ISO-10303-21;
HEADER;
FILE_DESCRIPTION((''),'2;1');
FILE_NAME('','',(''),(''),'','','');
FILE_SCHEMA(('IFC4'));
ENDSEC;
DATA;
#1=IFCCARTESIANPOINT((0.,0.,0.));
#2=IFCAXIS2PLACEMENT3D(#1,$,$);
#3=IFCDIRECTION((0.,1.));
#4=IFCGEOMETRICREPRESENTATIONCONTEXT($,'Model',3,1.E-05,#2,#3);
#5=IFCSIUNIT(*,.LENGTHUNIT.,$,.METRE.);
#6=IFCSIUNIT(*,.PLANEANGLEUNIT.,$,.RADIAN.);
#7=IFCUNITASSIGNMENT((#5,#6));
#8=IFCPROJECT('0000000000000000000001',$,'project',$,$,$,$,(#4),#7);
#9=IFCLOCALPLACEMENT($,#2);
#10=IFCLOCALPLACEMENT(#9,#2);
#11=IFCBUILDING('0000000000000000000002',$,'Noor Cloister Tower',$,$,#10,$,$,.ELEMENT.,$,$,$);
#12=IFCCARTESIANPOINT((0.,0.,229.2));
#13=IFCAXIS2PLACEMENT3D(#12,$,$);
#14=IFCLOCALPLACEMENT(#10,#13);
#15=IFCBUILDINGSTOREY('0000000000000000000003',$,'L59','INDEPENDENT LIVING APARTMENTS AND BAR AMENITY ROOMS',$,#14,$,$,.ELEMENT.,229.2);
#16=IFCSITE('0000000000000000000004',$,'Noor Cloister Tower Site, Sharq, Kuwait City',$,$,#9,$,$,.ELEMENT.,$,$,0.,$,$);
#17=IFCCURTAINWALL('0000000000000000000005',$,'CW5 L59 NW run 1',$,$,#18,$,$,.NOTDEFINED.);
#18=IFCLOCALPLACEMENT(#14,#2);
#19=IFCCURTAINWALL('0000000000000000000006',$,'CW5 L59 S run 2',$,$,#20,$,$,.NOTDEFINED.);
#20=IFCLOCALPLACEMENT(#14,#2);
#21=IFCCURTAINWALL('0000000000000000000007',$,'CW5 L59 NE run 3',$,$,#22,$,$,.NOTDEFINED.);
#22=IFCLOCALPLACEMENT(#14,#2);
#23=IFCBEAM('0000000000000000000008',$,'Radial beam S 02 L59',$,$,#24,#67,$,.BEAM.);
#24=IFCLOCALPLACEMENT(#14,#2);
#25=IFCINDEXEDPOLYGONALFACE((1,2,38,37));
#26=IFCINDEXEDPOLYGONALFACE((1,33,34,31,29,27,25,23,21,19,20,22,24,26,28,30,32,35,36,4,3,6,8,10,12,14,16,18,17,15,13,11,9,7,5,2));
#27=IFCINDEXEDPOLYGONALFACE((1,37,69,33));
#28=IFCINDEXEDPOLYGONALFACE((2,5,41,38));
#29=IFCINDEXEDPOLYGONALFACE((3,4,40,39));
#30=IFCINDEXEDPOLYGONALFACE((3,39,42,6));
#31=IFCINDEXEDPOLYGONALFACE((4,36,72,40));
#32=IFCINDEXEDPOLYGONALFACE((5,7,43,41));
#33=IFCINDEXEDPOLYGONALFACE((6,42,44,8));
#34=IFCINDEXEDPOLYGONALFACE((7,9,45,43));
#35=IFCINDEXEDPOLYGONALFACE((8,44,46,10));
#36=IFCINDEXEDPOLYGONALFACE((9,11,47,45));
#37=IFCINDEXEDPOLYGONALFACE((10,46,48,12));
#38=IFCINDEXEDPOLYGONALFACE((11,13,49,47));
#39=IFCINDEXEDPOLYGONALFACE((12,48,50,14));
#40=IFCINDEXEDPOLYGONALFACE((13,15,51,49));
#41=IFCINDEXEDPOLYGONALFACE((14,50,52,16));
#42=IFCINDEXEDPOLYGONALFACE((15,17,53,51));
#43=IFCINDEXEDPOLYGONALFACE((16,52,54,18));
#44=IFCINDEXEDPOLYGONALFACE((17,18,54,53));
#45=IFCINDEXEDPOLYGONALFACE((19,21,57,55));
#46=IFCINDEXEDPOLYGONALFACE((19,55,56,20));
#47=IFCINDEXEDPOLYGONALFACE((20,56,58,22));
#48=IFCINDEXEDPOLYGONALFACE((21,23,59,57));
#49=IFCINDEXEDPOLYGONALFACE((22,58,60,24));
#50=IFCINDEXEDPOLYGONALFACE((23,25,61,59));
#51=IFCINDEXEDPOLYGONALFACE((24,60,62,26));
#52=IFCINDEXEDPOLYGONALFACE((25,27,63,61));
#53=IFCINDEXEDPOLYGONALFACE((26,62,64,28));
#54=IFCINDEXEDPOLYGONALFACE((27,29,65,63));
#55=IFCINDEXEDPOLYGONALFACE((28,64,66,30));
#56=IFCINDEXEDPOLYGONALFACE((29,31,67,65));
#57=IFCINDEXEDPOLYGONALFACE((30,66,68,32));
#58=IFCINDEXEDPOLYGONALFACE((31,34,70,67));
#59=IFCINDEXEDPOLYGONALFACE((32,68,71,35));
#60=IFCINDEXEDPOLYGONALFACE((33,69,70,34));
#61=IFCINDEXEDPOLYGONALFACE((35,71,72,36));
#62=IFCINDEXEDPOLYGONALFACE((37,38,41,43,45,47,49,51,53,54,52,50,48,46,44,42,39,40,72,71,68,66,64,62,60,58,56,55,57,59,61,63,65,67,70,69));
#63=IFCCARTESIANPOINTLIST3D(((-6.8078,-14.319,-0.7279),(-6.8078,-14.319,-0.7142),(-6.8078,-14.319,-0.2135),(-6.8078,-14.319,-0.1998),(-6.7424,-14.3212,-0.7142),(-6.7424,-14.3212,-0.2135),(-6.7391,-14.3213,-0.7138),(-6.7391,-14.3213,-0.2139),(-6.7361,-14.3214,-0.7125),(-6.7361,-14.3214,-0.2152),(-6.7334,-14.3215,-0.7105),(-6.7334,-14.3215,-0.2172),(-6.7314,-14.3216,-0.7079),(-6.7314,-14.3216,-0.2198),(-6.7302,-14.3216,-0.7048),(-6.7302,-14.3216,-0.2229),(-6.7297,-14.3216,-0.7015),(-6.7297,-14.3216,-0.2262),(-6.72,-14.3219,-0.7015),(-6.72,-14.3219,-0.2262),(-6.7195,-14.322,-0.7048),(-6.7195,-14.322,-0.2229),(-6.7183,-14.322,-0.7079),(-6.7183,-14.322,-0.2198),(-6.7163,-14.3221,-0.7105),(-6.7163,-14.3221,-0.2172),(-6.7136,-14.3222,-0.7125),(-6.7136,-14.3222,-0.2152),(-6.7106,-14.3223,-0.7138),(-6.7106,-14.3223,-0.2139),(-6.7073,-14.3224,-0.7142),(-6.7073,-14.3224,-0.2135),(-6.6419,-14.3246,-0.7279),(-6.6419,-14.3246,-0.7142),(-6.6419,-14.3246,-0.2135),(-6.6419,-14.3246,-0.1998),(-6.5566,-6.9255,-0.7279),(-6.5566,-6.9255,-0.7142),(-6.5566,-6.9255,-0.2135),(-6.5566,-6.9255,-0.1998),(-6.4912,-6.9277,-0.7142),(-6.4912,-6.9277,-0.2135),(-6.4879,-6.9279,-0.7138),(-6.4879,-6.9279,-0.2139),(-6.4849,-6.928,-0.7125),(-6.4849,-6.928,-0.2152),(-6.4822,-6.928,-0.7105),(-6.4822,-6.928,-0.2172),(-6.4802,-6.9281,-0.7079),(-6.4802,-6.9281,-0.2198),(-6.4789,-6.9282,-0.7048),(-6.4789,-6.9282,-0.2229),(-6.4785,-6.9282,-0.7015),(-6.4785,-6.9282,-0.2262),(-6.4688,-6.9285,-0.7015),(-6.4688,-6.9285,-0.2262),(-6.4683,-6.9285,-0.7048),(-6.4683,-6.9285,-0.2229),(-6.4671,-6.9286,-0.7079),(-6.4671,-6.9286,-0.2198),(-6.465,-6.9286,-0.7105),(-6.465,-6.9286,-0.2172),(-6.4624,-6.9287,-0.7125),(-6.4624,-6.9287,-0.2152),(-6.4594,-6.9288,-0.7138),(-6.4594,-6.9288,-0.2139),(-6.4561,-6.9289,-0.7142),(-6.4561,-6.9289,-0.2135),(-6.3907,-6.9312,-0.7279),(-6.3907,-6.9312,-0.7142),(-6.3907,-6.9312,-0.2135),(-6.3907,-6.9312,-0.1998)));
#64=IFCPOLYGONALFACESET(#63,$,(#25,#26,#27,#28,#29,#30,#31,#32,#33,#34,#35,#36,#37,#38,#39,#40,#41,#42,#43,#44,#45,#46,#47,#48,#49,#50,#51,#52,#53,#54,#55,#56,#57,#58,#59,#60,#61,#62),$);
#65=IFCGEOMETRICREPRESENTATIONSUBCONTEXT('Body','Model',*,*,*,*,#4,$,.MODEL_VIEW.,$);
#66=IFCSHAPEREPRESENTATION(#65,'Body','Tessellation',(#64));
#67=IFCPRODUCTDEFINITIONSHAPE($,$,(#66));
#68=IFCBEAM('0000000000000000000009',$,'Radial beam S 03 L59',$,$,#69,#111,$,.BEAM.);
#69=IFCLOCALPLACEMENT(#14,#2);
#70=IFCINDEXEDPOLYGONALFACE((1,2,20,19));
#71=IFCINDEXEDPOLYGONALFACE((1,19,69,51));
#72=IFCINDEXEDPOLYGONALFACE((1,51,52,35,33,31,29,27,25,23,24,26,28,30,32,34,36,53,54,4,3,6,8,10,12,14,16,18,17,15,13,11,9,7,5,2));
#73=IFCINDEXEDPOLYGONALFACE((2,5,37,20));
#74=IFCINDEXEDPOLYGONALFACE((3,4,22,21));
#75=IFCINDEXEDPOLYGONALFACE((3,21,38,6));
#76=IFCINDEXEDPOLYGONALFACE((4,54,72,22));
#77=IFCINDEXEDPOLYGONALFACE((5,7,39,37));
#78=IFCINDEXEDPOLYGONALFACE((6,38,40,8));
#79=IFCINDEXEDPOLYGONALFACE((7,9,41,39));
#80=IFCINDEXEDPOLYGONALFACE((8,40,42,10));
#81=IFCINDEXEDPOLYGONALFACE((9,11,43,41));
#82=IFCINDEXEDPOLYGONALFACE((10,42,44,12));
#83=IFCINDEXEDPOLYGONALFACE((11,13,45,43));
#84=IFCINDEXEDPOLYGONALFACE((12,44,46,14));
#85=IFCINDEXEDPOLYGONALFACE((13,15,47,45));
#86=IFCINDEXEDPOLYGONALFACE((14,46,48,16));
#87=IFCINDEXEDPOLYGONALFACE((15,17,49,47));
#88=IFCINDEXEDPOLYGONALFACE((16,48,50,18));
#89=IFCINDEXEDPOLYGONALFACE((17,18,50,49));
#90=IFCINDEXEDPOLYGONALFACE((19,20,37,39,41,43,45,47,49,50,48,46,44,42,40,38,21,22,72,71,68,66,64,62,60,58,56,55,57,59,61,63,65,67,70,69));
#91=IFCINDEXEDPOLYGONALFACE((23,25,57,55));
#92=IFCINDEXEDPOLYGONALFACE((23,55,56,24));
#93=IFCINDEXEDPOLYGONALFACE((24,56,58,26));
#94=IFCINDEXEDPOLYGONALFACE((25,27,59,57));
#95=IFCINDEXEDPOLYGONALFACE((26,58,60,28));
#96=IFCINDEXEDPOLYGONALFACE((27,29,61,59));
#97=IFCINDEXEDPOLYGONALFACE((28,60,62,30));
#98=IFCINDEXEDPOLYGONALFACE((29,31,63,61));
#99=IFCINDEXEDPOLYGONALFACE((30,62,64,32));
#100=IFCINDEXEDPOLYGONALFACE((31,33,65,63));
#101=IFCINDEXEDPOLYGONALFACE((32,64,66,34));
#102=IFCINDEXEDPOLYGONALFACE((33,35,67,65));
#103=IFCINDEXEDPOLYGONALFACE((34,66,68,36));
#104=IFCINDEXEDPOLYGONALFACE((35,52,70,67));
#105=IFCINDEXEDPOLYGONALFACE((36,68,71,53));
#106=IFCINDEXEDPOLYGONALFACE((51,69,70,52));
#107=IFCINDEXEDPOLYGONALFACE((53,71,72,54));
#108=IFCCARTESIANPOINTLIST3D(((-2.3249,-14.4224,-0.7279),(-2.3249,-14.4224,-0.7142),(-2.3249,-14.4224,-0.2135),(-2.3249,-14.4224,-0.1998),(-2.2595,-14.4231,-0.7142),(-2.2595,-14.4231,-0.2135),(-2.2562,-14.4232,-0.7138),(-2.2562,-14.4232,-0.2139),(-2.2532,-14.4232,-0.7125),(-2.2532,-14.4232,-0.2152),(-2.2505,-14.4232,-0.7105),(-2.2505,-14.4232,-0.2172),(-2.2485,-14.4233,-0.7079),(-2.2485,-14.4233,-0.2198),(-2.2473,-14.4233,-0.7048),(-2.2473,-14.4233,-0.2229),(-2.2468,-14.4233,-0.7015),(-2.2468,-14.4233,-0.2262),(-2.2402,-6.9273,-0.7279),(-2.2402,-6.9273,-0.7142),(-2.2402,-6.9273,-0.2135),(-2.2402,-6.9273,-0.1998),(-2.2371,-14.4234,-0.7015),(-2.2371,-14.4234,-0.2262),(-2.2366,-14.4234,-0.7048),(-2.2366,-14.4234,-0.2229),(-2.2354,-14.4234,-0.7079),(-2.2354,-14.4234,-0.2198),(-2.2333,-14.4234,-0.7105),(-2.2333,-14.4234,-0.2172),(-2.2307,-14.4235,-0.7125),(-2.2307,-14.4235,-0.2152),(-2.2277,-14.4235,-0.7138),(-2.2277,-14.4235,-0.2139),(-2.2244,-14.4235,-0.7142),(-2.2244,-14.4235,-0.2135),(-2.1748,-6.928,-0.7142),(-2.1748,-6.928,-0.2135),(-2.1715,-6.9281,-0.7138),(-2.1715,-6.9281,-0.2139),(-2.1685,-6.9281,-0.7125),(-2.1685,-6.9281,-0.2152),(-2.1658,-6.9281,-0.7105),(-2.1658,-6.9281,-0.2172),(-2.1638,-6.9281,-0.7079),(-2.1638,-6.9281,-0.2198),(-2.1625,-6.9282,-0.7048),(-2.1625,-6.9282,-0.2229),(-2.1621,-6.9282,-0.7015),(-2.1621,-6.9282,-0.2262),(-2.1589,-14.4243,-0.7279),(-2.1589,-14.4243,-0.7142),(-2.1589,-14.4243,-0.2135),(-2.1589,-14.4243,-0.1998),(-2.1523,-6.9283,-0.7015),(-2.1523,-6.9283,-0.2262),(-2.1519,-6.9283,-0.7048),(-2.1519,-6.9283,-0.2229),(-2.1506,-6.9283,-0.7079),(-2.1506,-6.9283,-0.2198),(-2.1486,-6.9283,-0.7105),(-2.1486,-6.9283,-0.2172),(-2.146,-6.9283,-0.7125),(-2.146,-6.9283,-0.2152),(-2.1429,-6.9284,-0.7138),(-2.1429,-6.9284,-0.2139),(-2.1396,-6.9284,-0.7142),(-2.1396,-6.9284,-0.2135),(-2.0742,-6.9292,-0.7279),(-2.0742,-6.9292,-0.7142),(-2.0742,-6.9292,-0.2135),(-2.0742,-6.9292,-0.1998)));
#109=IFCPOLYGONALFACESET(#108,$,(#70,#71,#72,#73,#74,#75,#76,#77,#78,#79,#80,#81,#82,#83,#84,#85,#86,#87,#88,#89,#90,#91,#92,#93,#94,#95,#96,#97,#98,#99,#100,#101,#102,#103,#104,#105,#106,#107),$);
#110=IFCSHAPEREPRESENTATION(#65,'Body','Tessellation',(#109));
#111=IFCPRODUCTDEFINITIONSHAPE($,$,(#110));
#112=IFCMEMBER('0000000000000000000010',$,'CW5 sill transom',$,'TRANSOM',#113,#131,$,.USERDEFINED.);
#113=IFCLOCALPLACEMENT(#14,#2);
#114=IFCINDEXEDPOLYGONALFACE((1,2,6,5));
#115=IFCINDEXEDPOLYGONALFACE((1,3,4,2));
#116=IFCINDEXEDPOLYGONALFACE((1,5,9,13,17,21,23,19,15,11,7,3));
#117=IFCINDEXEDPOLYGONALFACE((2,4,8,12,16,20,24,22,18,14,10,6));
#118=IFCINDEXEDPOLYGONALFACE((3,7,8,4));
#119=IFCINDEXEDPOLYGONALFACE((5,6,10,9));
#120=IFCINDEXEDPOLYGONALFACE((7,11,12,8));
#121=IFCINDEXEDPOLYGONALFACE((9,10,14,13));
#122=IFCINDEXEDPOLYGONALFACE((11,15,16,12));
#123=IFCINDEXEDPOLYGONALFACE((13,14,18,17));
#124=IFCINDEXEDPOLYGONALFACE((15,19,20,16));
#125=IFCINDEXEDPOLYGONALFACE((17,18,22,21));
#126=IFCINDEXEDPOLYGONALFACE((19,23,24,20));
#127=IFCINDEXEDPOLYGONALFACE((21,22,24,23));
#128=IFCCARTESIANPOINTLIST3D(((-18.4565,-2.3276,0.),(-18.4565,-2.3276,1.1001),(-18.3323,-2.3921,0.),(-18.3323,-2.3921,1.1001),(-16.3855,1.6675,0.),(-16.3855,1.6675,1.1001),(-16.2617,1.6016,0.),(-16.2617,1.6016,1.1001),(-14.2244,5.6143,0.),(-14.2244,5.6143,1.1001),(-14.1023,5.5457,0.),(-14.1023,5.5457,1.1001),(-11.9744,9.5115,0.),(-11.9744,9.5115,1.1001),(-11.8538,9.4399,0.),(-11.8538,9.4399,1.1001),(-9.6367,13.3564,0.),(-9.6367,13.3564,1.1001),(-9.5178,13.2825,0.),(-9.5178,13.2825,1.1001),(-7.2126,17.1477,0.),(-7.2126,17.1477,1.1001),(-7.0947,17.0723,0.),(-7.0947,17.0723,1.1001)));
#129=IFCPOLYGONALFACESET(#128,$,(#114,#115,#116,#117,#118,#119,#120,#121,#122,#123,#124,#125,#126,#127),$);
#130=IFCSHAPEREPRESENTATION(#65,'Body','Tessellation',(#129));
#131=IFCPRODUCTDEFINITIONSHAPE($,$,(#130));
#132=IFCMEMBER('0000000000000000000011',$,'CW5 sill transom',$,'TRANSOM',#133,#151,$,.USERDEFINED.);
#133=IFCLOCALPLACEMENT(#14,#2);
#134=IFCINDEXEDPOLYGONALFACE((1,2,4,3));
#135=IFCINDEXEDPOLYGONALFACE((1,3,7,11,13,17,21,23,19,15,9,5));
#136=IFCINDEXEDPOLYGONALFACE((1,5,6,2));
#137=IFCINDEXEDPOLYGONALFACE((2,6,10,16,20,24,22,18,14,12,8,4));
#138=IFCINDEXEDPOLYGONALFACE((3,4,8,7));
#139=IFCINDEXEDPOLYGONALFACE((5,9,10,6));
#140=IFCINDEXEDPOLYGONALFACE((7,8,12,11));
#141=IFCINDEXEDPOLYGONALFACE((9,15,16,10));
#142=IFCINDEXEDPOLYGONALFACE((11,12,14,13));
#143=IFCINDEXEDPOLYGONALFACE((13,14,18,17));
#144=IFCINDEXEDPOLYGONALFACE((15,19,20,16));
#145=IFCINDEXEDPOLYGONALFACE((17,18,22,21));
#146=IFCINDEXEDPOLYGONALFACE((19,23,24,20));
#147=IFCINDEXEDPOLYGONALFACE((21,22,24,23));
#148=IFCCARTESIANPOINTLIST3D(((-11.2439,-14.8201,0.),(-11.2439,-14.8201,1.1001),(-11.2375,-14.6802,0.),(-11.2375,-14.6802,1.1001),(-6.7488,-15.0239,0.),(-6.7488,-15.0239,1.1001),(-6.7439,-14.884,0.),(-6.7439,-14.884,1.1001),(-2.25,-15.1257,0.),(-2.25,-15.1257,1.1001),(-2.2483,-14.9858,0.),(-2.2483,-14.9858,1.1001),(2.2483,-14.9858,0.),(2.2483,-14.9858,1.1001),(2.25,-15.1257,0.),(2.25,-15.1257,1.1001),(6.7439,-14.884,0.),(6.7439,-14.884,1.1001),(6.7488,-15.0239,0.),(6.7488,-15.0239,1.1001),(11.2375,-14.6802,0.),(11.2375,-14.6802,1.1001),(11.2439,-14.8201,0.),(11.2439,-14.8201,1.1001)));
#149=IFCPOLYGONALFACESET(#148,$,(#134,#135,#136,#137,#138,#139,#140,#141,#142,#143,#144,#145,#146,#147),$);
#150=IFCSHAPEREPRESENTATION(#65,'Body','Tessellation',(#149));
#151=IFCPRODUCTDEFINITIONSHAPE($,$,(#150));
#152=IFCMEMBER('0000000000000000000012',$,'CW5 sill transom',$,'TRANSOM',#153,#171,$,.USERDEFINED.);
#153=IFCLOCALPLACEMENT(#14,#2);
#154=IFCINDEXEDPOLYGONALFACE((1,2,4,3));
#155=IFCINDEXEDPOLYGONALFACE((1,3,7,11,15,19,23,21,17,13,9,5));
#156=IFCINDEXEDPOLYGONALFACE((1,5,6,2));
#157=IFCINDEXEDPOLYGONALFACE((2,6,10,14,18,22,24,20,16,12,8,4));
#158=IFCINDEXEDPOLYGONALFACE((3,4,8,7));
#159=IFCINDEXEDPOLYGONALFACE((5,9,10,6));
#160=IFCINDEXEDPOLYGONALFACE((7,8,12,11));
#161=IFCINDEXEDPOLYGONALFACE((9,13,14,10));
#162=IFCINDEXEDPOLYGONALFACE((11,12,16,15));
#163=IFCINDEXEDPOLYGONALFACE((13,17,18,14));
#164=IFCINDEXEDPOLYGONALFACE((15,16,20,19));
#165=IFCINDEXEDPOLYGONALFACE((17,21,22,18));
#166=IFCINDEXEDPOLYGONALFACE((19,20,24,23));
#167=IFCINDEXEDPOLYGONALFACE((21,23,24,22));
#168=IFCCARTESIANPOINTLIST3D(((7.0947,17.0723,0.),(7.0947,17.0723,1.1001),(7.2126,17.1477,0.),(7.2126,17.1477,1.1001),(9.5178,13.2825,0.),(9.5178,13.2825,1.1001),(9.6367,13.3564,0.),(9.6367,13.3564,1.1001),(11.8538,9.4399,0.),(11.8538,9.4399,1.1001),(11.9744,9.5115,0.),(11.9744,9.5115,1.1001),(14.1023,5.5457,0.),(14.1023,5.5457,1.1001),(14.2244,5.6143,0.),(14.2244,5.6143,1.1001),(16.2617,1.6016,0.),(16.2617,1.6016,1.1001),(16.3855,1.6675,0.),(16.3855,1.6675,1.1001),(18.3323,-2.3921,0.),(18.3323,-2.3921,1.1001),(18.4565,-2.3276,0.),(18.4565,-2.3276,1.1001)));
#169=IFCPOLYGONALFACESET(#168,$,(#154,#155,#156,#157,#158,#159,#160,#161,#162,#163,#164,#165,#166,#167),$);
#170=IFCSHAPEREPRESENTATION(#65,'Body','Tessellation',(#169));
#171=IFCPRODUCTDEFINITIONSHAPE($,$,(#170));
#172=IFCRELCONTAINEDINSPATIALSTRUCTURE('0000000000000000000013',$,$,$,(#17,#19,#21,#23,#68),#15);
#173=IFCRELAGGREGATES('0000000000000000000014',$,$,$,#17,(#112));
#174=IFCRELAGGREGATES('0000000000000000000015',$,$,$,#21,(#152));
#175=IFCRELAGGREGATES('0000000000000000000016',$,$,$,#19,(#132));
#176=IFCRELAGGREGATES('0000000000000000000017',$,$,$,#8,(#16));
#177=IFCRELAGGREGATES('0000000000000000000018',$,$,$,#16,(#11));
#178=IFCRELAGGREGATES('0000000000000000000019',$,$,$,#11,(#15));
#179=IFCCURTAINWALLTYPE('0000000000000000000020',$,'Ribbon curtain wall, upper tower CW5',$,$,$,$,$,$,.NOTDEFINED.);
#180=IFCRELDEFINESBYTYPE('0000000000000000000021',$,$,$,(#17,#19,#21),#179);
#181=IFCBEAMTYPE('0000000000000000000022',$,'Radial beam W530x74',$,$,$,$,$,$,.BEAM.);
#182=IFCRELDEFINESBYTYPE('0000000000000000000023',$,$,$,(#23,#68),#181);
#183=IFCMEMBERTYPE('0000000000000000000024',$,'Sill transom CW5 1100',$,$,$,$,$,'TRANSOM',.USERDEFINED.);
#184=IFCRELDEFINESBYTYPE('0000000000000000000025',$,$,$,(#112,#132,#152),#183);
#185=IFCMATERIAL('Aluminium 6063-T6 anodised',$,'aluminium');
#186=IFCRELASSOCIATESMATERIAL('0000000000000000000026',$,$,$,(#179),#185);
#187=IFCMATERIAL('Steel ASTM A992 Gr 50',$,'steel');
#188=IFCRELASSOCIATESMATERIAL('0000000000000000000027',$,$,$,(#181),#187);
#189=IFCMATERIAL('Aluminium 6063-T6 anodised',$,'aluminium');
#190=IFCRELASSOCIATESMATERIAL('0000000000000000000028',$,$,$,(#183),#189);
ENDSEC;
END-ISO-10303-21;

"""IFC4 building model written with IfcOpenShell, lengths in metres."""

from ifc_helpers import new_model, si_unit, direction, frame, origin, origin_2d, place, context, subcontext, project, spatial, polyline, i_section, outline, extrude, material, material_profile, profile_set, type_object, element, aggregate, save


model = new_model("IFC4")

# Units and contexts
model_context = context("Model", 3, precision=1e-05, world=origin(), true_north=direction((0.0, 1.0)))
body_context = subcontext(model_context, "Body", "Model", "MODEL_VIEW")
ifc_project = project(units=[si_unit("LENGTHUNIT", "METRE"), si_unit("PLANEANGLEUNIT", "RADIAN")], contexts=[model_context])

# Site, building, storey
site_placement = place(None, origin())
site = spatial("IfcSite", under=ifc_project, at=site_placement, Name="Noor Cloister Tower Site, Sharq, Kuwait City", CompositionType="ELEMENT", RefElevation=0.0)
building_placement = place(site_placement, origin())
building = spatial("IfcBuilding", under=site, at=building_placement, Name="Noor Cloister Tower", CompositionType="ELEMENT")
storey_placement = place(building_placement, frame((0.0, 0.0, 229.2)))
storey = spatial("IfcBuildingStorey", under=building, at=storey_placement, Name="L59", Description="INDEPENDENT LIVING APARTMENTS AND BAR AMENITY ROOMS", CompositionType="ELEMENT", Elevation=229.2)

# Curtain walls
ifc_material_1 = material(Name="Aluminium 6063-T6 anodised", Category="aluminium")
curtain_wall_type = type_object("IfcCurtainWallType", Name="Ribbon curtain wall, upper tower CW5", PredefinedType="NOTDEFINED", material=ifc_material_1)
curtain_wall_1_placement = place(storey_placement, origin())
curtain_wall_1 = element("IfcCurtainWall", 1, at=curtain_wall_1_placement, inside=storey, type_object=curtain_wall_type, Name="CW5 L59 NW run 1", PredefinedType="NOTDEFINED")
curtain_wall_2_placement = place(storey_placement, origin())
curtain_wall_2 = element("IfcCurtainWall", 2, at=curtain_wall_2_placement, inside=storey, type_object=curtain_wall_type, Name="CW5 L59 S run 2", PredefinedType="NOTDEFINED")
curtain_wall_3_placement = place(storey_placement, origin())
curtain_wall_3 = element("IfcCurtainWall", 3, at=curtain_wall_3_placement, inside=storey, type_object=curtain_wall_type, Name="CW5 L59 NE run 3", PredefinedType="NOTDEFINED")

# Beams
ifc_material_2 = material(Name="Steel ASTM A992 Gr 50", Category="steel")
ifc_material_profile_1 = material_profile(ifc_material_2, i_section(OverallWidth=0.166, OverallDepth=0.5281, WebThickness=0.0098, FlangeThickness=0.0137, FilletRadius=0.0127, at=origin_2d()), Name="W530x74")
ifc_profile_set_1 = profile_set([ifc_material_profile_1], Name="Steel ASTM A992 Gr 50")
beam_type_1 = type_object("IfcBeamType", Name="Radial beam W530x74", PredefinedType="BEAM", material=ifc_profile_set_1)
beam_1_placement = place(storey_placement, frame((-6.7249, -14.3218, -0.4639), z_axis=(0.033959, 0.999423, 0.0), x_axis=(-0.999423, 0.033959, 0.0)))
element("IfcBeam", 4, at=beam_1_placement, inside=storey, type_object=beam_type_1, Name="Radial beam S 02 L59", PredefinedType="BEAM", context=body_context, shape_type="SweptSolid", body=[
    extrude(i_section(OverallWidth=0.166, OverallDepth=0.5281, WebThickness=0.0098, FlangeThickness=0.0137, FilletRadius=0.0127, at=origin_2d()), origin(), (0.0, 0.0, 1.0), 7.3977),
])
beam_2_placement = place(storey_placement, frame((-2.2419, -14.4233, -0.4639), z_axis=(0.011302, 0.999936, 0.0), x_axis=(-0.999936, 0.011302, 0.0)))
element("IfcBeam", 5, at=beam_2_placement, inside=storey, type_object=beam_type_1, Name="Radial beam S 03 L59", PredefinedType="BEAM", context=body_context, shape_type="SweptSolid", body=[
    extrude(i_section(OverallWidth=0.166, OverallDepth=0.5281, WebThickness=0.0098, FlangeThickness=0.0137, FilletRadius=0.0127, at=origin_2d()), origin(), (0.0, 0.0, 1.0), 7.4956),
])

# Members
ifc_material_3 = material(Name="Aluminium 6063-T6 anodised", Category="aluminium")
member_type_1 = type_object("IfcMemberType", Name="Sill transom CW5 1100", ElementType="TRANSOM", PredefinedType="USERDEFINED", material=ifc_material_3)
member_1_placement = place(storey_placement, origin())
member_1 = element("IfcMember", 6, at=member_1_placement, type_object=member_type_1, Name="CW5 sill transom", ObjectType="TRANSOM", PredefinedType="USERDEFINED", context=body_context, shape_type="SweptSolid", body=[
    extrude(outline(polyline([(-7.2126, 17.1477), (-9.6367, 13.3564), (-11.9744, 9.5115), (-14.2244, 5.6143), (-16.3855, 1.6675), (-18.4565, -2.3276), (-18.3323, -2.3921), (-16.2617, 1.6016), (-14.1023, 5.5457), (-11.8538, 9.4399), (-9.5178, 13.2825), (-7.0947, 17.0723), (-7.2126, 17.1477)])), origin(), (0.0, 0.0, 1.0), 1.1001),
])
aggregate(curtain_wall_1, [member_1])
member_2_placement = place(storey_placement, origin())
member_2 = element("IfcMember", 7, at=member_2_placement, type_object=member_type_1, Name="CW5 sill transom", ObjectType="TRANSOM", PredefinedType="USERDEFINED", context=body_context, shape_type="SweptSolid", body=[
    extrude(outline(polyline([(-11.2439, -14.8201), (-6.7488, -15.0239), (-2.25, -15.1257), (2.25, -15.1257), (6.7488, -15.0239), (11.2439, -14.8201), (11.2375, -14.6802), (6.7439, -14.884), (2.2483, -14.9858), (-2.2483, -14.9858), (-6.7439, -14.884), (-11.2375, -14.6802), (-11.2439, -14.8201)])), origin(), (0.0, 0.0, 1.0), 1.1001),
])
member_3_placement = place(storey_placement, origin())
member_3 = element("IfcMember", 8, at=member_3_placement, type_object=member_type_1, Name="CW5 sill transom", ObjectType="TRANSOM", PredefinedType="USERDEFINED", context=body_context, shape_type="SweptSolid", body=[
    extrude(outline(polyline([(18.4565, -2.3276), (16.3855, 1.6675), (14.2244, 5.6143), (11.9744, 9.5115), (9.6367, 13.3564), (7.2126, 17.1477), (7.0947, 17.0723), (9.5178, 13.2825), (11.8538, 9.4399), (14.1023, 5.5457), (16.2617, 1.6016), (18.3323, -2.3921), (18.4565, -2.3276)])), origin(), (0.0, 0.0, 1.0), 1.1001),
])
aggregate(curtain_wall_3, [member_3])

aggregate(curtain_wall_2, [member_2])

save(model, "model.ifc")
